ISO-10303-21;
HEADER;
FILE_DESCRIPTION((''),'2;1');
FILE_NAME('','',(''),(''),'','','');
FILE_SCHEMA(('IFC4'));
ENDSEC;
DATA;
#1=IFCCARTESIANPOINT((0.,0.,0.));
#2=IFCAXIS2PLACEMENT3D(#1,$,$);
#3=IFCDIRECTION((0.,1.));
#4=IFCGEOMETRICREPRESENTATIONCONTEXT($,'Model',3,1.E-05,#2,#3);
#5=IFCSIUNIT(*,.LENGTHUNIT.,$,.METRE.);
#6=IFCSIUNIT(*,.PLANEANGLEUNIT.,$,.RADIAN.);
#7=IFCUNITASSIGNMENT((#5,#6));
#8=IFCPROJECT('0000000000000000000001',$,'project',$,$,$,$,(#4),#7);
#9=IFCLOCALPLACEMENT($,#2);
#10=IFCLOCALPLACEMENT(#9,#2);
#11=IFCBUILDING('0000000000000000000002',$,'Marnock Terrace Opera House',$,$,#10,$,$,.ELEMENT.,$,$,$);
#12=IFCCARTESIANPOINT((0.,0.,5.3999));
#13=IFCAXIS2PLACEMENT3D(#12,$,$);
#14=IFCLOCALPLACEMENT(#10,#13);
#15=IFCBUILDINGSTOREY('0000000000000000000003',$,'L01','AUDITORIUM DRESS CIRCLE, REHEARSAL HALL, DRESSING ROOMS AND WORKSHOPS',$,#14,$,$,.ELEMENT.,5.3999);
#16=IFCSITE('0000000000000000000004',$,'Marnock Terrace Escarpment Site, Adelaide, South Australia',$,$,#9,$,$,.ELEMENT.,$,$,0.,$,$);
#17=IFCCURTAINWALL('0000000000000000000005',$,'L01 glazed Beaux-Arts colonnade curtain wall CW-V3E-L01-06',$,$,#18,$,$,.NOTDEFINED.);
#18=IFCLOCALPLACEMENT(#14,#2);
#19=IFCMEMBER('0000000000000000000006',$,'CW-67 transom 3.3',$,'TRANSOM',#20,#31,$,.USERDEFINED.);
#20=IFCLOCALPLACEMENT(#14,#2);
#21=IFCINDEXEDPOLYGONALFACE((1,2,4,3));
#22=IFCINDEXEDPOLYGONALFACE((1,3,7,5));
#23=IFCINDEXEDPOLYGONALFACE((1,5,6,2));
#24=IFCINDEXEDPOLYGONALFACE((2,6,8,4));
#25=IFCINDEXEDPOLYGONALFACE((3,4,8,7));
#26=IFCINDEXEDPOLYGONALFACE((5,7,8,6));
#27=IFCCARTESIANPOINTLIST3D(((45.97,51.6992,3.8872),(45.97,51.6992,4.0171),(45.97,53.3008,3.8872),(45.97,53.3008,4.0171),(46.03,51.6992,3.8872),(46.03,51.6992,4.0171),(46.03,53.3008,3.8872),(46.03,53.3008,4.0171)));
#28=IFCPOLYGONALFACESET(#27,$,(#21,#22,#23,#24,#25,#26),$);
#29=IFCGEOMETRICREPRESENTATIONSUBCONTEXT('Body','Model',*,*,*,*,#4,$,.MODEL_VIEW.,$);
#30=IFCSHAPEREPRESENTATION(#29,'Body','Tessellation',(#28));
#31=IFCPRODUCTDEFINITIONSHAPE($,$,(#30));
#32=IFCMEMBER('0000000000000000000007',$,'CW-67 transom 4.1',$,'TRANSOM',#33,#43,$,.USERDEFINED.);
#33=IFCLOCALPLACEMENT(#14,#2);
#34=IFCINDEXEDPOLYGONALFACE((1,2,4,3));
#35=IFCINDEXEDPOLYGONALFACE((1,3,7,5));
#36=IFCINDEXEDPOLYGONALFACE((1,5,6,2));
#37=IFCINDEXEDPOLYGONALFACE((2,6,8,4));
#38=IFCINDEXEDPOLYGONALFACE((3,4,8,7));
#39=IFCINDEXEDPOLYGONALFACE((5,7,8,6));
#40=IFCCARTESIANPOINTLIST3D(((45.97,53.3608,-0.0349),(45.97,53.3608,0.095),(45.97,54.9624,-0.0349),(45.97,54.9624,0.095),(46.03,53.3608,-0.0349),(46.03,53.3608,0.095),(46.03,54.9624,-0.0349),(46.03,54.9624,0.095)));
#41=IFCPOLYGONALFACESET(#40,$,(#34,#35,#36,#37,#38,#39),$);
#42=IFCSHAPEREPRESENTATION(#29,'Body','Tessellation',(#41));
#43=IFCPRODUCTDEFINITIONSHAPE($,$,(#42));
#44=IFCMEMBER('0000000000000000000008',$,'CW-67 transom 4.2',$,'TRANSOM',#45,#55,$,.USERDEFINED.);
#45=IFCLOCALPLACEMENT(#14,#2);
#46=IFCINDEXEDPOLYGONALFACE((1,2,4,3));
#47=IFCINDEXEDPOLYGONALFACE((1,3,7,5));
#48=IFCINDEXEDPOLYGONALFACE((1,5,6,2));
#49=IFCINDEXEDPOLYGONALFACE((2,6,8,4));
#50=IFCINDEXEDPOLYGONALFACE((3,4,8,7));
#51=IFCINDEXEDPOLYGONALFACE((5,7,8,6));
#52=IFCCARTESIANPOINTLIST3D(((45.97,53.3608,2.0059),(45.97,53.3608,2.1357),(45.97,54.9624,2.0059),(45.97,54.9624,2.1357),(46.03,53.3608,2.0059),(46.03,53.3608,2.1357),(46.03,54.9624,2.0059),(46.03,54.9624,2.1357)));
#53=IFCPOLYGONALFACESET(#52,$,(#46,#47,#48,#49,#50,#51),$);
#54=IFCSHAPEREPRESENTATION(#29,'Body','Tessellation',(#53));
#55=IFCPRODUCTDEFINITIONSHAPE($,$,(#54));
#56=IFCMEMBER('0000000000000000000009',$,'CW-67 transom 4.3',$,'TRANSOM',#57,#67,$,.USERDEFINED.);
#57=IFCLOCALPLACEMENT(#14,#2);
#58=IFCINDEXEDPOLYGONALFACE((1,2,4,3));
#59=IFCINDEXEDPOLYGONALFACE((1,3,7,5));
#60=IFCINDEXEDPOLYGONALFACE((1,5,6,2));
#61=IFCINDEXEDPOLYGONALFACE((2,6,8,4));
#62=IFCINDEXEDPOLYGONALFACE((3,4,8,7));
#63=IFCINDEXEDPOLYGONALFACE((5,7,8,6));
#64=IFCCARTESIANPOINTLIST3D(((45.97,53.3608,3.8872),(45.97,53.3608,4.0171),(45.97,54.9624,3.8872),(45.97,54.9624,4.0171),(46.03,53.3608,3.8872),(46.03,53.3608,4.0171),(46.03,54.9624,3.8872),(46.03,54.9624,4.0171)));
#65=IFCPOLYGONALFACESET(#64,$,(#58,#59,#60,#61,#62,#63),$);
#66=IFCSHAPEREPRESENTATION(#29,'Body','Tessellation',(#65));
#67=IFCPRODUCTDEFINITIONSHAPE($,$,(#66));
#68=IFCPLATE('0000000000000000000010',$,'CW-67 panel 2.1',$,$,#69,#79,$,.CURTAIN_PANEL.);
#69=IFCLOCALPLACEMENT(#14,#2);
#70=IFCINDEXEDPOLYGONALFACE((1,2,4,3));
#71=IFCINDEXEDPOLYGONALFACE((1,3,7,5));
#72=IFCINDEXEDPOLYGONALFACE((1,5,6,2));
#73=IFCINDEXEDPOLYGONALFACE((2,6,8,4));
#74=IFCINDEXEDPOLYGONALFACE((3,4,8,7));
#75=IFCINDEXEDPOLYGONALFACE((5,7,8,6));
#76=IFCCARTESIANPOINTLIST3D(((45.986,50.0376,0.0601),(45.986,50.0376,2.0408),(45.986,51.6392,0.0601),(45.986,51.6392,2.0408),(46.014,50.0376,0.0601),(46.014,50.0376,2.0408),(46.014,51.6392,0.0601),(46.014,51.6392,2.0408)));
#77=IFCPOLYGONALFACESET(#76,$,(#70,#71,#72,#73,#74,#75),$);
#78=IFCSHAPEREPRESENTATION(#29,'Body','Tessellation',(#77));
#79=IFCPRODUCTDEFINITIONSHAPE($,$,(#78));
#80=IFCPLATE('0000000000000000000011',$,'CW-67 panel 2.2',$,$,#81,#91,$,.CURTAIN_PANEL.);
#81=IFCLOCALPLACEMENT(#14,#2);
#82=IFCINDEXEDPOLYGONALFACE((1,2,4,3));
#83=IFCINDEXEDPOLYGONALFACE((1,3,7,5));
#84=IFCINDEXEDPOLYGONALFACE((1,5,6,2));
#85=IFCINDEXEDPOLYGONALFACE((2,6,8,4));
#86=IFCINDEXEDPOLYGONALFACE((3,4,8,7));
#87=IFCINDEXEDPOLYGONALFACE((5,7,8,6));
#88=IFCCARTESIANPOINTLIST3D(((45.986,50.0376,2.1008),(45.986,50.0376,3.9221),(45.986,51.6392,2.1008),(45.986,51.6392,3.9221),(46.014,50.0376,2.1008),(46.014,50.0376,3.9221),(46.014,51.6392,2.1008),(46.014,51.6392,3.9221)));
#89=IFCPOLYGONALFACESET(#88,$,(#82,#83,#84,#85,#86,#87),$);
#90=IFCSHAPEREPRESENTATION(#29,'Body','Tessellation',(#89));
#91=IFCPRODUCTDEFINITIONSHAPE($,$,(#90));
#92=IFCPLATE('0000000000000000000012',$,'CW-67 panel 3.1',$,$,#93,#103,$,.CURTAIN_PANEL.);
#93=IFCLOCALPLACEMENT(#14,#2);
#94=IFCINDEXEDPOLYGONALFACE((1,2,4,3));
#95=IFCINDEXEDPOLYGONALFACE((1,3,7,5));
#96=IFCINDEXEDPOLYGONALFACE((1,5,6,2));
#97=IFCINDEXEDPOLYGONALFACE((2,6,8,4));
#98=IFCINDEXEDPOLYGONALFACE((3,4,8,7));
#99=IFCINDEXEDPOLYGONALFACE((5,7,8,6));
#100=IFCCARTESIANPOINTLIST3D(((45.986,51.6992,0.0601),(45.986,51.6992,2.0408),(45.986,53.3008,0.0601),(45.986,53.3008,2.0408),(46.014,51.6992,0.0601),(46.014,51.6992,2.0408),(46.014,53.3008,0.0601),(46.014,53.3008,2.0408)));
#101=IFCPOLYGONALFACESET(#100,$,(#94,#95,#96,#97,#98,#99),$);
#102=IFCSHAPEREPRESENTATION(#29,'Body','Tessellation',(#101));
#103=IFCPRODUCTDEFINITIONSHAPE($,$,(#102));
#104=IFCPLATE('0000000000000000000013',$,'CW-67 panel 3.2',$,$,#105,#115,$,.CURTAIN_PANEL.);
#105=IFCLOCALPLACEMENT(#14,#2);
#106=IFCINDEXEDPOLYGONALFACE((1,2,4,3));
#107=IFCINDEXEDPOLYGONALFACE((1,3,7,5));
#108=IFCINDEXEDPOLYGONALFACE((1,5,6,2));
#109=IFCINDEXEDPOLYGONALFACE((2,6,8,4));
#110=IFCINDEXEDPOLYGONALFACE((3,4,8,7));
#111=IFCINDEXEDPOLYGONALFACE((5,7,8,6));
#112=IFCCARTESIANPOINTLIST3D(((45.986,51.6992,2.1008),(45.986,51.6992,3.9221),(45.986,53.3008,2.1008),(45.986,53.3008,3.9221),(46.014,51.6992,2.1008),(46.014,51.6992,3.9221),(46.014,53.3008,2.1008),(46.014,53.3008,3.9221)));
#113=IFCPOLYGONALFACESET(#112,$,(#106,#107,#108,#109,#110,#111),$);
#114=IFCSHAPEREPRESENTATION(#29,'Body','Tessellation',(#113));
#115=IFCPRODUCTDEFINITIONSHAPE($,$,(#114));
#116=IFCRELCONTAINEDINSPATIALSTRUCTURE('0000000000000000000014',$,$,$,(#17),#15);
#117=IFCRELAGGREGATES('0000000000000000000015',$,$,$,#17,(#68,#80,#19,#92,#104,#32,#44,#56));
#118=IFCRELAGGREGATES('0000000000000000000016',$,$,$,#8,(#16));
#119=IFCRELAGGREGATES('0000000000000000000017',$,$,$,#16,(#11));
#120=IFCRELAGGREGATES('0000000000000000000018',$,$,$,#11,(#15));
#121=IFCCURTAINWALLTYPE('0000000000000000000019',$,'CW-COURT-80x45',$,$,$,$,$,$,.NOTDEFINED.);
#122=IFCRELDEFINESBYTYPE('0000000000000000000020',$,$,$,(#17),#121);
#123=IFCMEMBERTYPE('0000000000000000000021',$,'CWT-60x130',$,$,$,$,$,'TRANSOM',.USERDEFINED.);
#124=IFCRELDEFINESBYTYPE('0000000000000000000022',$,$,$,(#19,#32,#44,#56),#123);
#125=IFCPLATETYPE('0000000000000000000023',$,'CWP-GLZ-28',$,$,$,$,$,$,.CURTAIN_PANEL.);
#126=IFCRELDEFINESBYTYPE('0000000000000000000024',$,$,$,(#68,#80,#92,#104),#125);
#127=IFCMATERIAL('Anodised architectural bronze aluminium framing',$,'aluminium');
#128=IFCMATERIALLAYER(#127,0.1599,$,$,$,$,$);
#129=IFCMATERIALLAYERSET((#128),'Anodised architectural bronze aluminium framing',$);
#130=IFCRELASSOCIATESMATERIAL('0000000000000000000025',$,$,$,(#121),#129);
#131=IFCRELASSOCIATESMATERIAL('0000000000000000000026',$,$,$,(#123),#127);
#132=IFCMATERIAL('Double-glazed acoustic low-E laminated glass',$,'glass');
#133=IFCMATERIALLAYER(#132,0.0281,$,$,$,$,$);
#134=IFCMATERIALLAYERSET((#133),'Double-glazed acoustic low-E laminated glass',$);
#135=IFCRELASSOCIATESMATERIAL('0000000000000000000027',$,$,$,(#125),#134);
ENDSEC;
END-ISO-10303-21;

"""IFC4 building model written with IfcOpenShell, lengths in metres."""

from ifc_helpers import new_model, si_unit, direction, frame, origin, origin_2d, place, context, subcontext, project, spatial, rectangle, extrude, material, layer, layer_set, material_profile, profile_set, type_object, element, aggregate, save


model = new_model("IFC4")

# Units and contexts
model_context = context("Model", 3, precision=1e-05, world=origin(), true_north=direction((0.0, 1.0)))
body_context = subcontext(model_context, "Body", "Model", "MODEL_VIEW")
ifc_project = project(units=[si_unit("LENGTHUNIT", "METRE"), si_unit("PLANEANGLEUNIT", "RADIAN")], contexts=[model_context])

# Site, building, storey
site_placement = place(None, origin())
site = spatial("IfcSite", under=ifc_project, at=site_placement, Name="Marnock Terrace Escarpment Site, Adelaide, South Australia", CompositionType="ELEMENT", RefElevation=0.0)
building_placement = place(site_placement, origin())
building = spatial("IfcBuilding", under=site, at=building_placement, Name="Marnock Terrace Opera House", CompositionType="ELEMENT")
storey_placement = place(building_placement, frame((0.0, 0.0, 5.3999)))
storey = spatial("IfcBuildingStorey", under=building, at=storey_placement, Name="L01", Description="AUDITORIUM DRESS CIRCLE, REHEARSAL HALL, DRESSING ROOMS AND WORKSHOPS", CompositionType="ELEMENT", Elevation=5.3999)

# Shared definitions
ifc_material_1 = material(Name="Anodised architectural bronze aluminium framing", Category="aluminium")

# Curtain wall, members, plates
ifc_layer_1 = layer(ifc_material_1, 0.1599)
ifc_layer_set_1 = layer_set([ifc_layer_1], Name="Anodised architectural bronze aluminium framing")
curtain_wall_type_1 = type_object("IfcCurtainWallType", Name="CW-COURT-80x45", PredefinedType="NOTDEFINED", material=ifc_layer_set_1)
curtain_wall_1_placement = place(storey_placement, origin())
curtain_wall_1 = element("IfcCurtainWall", 1, at=curtain_wall_1_placement, inside=storey, type_object=curtain_wall_type_1, Name="L01 glazed Beaux-Arts colonnade curtain wall CW-V3E-L01-06", PredefinedType="NOTDEFINED")
ifc_material_profile_1 = material_profile(ifc_material_1, rectangle(XDim=0.0601, YDim=0.1299, at=origin_2d()))
ifc_profile_set_1 = profile_set([ifc_material_profile_1], Name="Anodised architectural bronze aluminium framing")
member_type_1 = type_object("IfcMemberType", Name="CWT-60x130", ElementType="TRANSOM", PredefinedType="USERDEFINED", material=ifc_profile_set_1)
member_1_placement = place(storey_placement, frame((46.0, 51.6992, 3.9521), z_axis=(0.0, 1.0, 0.0), x_axis=(-1.0, 0.0, 0.0)))
member_1 = element("IfcMember", 2, at=member_1_placement, type_object=member_type_1, Name="CW-67 transom 3.3", ObjectType="TRANSOM", PredefinedType="USERDEFINED", context=body_context, shape_type="SweptSolid", body=[
    extrude(rectangle(XDim=0.0601, YDim=0.1299, at=origin_2d()), origin(), (0.0, 0.0, 1.0), 1.6016),
])
member_2_placement = place(storey_placement, frame((46.0, 53.3608, 0.03), z_axis=(0.0, 1.0, 0.0), x_axis=(-1.0, 0.0, 0.0)))
member_2 = element("IfcMember", 3, at=member_2_placement, type_object=member_type_1, Name="CW-67 transom 4.1", ObjectType="TRANSOM", PredefinedType="USERDEFINED", context=body_context, shape_type="SweptSolid", body=[
    extrude(rectangle(XDim=0.0601, YDim=0.1299, at=origin_2d()), origin(), (0.0, 0.0, 1.0), 1.6016),
])
member_3_placement = place(storey_placement, frame((46.0, 53.3608, 2.0708), z_axis=(0.0, 1.0, 0.0), x_axis=(-1.0, 0.0, 0.0)))
member_3 = element("IfcMember", 4, at=member_3_placement, type_object=member_type_1, Name="CW-67 transom 4.2", ObjectType="TRANSOM", PredefinedType="USERDEFINED", context=body_context, shape_type="SweptSolid", body=[
    extrude(rectangle(XDim=0.0601, YDim=0.1299, at=origin_2d()), origin(), (0.0, 0.0, 1.0), 1.6016),
])
member_4_placement = place(storey_placement, frame((46.0, 53.3608, 3.9521), z_axis=(0.0, 1.0, 0.0), x_axis=(-1.0, 0.0, 0.0)))
member_4 = element("IfcMember", 5, at=member_4_placement, type_object=member_type_1, Name="CW-67 transom 4.3", ObjectType="TRANSOM", PredefinedType="USERDEFINED", context=body_context, shape_type="SweptSolid", body=[
    extrude(rectangle(XDim=0.0601, YDim=0.1299, at=origin_2d()), origin(), (0.0, 0.0, 1.0), 1.6016),
])
ifc_material_2 = material(Name="Double-glazed acoustic low-E laminated glass", Category="glass")
ifc_layer_2 = layer(ifc_material_2, 0.0281)
ifc_layer_set_2 = layer_set([ifc_layer_2], Name="Double-glazed acoustic low-E laminated glass")
plate_type = type_object("IfcPlateType", Name="CWP-GLZ-28", PredefinedType="CURTAIN_PANEL", material=ifc_layer_set_2)
plate_1_placement = place(storey_placement, frame((46.0, 50.8384, 0.0601), z_axis=(0.0, 0.0, 1.0), x_axis=(0.0, 1.0, 0.0)))
plate_1 = element("IfcPlate", 6, at=plate_1_placement, type_object=plate_type, Name="CW-67 panel 2.1", PredefinedType="CURTAIN_PANEL", context=body_context, shape_type="SweptSolid", body=[
    extrude(rectangle(XDim=1.6016, YDim=0.0281, at=origin_2d()), origin(), (0.0, 0.0, 1.0), 1.9807),
])
plate_2_placement = place(storey_placement, frame((46.0, 50.8384, 2.1008), z_axis=(0.0, 0.0, 1.0), x_axis=(0.0, 1.0, 0.0)))
plate_2 = element("IfcPlate", 7, at=plate_2_placement, type_object=plate_type, Name="CW-67 panel 2.2", PredefinedType="CURTAIN_PANEL", context=body_context, shape_type="SweptSolid", body=[
    extrude(rectangle(XDim=1.6016, YDim=0.0281, at=origin_2d()), origin(), (0.0, 0.0, 1.0), 1.8213),
])
plate_3_placement = place(storey_placement, frame((46.0, 52.5, 0.0601), z_axis=(0.0, 0.0, 1.0), x_axis=(0.0, 1.0, 0.0)))
plate_3 = element("IfcPlate", 8, at=plate_3_placement, type_object=plate_type, Name="CW-67 panel 3.1", PredefinedType="CURTAIN_PANEL", context=body_context, shape_type="SweptSolid", body=[
    extrude(rectangle(XDim=1.6016, YDim=0.0281, at=origin_2d()), origin(), (0.0, 0.0, 1.0), 1.9807),
])
plate_4_placement = place(storey_placement, frame((46.0, 52.5, 2.1008), z_axis=(0.0, 0.0, 1.0), x_axis=(0.0, 1.0, 0.0)))
plate_4 = element("IfcPlate", 9, at=plate_4_placement, type_object=plate_type, Name="CW-67 panel 3.2", PredefinedType="CURTAIN_PANEL", context=body_context, shape_type="SweptSolid", body=[
    extrude(rectangle(XDim=1.6016, YDim=0.0281, at=origin_2d()), origin(), (0.0, 0.0, 1.0), 1.8213),
])
aggregate(curtain_wall_1, [plate_1, plate_2, member_1, plate_3, plate_4, member_2, member_3, member_4])

save(model, "model.ifc")
